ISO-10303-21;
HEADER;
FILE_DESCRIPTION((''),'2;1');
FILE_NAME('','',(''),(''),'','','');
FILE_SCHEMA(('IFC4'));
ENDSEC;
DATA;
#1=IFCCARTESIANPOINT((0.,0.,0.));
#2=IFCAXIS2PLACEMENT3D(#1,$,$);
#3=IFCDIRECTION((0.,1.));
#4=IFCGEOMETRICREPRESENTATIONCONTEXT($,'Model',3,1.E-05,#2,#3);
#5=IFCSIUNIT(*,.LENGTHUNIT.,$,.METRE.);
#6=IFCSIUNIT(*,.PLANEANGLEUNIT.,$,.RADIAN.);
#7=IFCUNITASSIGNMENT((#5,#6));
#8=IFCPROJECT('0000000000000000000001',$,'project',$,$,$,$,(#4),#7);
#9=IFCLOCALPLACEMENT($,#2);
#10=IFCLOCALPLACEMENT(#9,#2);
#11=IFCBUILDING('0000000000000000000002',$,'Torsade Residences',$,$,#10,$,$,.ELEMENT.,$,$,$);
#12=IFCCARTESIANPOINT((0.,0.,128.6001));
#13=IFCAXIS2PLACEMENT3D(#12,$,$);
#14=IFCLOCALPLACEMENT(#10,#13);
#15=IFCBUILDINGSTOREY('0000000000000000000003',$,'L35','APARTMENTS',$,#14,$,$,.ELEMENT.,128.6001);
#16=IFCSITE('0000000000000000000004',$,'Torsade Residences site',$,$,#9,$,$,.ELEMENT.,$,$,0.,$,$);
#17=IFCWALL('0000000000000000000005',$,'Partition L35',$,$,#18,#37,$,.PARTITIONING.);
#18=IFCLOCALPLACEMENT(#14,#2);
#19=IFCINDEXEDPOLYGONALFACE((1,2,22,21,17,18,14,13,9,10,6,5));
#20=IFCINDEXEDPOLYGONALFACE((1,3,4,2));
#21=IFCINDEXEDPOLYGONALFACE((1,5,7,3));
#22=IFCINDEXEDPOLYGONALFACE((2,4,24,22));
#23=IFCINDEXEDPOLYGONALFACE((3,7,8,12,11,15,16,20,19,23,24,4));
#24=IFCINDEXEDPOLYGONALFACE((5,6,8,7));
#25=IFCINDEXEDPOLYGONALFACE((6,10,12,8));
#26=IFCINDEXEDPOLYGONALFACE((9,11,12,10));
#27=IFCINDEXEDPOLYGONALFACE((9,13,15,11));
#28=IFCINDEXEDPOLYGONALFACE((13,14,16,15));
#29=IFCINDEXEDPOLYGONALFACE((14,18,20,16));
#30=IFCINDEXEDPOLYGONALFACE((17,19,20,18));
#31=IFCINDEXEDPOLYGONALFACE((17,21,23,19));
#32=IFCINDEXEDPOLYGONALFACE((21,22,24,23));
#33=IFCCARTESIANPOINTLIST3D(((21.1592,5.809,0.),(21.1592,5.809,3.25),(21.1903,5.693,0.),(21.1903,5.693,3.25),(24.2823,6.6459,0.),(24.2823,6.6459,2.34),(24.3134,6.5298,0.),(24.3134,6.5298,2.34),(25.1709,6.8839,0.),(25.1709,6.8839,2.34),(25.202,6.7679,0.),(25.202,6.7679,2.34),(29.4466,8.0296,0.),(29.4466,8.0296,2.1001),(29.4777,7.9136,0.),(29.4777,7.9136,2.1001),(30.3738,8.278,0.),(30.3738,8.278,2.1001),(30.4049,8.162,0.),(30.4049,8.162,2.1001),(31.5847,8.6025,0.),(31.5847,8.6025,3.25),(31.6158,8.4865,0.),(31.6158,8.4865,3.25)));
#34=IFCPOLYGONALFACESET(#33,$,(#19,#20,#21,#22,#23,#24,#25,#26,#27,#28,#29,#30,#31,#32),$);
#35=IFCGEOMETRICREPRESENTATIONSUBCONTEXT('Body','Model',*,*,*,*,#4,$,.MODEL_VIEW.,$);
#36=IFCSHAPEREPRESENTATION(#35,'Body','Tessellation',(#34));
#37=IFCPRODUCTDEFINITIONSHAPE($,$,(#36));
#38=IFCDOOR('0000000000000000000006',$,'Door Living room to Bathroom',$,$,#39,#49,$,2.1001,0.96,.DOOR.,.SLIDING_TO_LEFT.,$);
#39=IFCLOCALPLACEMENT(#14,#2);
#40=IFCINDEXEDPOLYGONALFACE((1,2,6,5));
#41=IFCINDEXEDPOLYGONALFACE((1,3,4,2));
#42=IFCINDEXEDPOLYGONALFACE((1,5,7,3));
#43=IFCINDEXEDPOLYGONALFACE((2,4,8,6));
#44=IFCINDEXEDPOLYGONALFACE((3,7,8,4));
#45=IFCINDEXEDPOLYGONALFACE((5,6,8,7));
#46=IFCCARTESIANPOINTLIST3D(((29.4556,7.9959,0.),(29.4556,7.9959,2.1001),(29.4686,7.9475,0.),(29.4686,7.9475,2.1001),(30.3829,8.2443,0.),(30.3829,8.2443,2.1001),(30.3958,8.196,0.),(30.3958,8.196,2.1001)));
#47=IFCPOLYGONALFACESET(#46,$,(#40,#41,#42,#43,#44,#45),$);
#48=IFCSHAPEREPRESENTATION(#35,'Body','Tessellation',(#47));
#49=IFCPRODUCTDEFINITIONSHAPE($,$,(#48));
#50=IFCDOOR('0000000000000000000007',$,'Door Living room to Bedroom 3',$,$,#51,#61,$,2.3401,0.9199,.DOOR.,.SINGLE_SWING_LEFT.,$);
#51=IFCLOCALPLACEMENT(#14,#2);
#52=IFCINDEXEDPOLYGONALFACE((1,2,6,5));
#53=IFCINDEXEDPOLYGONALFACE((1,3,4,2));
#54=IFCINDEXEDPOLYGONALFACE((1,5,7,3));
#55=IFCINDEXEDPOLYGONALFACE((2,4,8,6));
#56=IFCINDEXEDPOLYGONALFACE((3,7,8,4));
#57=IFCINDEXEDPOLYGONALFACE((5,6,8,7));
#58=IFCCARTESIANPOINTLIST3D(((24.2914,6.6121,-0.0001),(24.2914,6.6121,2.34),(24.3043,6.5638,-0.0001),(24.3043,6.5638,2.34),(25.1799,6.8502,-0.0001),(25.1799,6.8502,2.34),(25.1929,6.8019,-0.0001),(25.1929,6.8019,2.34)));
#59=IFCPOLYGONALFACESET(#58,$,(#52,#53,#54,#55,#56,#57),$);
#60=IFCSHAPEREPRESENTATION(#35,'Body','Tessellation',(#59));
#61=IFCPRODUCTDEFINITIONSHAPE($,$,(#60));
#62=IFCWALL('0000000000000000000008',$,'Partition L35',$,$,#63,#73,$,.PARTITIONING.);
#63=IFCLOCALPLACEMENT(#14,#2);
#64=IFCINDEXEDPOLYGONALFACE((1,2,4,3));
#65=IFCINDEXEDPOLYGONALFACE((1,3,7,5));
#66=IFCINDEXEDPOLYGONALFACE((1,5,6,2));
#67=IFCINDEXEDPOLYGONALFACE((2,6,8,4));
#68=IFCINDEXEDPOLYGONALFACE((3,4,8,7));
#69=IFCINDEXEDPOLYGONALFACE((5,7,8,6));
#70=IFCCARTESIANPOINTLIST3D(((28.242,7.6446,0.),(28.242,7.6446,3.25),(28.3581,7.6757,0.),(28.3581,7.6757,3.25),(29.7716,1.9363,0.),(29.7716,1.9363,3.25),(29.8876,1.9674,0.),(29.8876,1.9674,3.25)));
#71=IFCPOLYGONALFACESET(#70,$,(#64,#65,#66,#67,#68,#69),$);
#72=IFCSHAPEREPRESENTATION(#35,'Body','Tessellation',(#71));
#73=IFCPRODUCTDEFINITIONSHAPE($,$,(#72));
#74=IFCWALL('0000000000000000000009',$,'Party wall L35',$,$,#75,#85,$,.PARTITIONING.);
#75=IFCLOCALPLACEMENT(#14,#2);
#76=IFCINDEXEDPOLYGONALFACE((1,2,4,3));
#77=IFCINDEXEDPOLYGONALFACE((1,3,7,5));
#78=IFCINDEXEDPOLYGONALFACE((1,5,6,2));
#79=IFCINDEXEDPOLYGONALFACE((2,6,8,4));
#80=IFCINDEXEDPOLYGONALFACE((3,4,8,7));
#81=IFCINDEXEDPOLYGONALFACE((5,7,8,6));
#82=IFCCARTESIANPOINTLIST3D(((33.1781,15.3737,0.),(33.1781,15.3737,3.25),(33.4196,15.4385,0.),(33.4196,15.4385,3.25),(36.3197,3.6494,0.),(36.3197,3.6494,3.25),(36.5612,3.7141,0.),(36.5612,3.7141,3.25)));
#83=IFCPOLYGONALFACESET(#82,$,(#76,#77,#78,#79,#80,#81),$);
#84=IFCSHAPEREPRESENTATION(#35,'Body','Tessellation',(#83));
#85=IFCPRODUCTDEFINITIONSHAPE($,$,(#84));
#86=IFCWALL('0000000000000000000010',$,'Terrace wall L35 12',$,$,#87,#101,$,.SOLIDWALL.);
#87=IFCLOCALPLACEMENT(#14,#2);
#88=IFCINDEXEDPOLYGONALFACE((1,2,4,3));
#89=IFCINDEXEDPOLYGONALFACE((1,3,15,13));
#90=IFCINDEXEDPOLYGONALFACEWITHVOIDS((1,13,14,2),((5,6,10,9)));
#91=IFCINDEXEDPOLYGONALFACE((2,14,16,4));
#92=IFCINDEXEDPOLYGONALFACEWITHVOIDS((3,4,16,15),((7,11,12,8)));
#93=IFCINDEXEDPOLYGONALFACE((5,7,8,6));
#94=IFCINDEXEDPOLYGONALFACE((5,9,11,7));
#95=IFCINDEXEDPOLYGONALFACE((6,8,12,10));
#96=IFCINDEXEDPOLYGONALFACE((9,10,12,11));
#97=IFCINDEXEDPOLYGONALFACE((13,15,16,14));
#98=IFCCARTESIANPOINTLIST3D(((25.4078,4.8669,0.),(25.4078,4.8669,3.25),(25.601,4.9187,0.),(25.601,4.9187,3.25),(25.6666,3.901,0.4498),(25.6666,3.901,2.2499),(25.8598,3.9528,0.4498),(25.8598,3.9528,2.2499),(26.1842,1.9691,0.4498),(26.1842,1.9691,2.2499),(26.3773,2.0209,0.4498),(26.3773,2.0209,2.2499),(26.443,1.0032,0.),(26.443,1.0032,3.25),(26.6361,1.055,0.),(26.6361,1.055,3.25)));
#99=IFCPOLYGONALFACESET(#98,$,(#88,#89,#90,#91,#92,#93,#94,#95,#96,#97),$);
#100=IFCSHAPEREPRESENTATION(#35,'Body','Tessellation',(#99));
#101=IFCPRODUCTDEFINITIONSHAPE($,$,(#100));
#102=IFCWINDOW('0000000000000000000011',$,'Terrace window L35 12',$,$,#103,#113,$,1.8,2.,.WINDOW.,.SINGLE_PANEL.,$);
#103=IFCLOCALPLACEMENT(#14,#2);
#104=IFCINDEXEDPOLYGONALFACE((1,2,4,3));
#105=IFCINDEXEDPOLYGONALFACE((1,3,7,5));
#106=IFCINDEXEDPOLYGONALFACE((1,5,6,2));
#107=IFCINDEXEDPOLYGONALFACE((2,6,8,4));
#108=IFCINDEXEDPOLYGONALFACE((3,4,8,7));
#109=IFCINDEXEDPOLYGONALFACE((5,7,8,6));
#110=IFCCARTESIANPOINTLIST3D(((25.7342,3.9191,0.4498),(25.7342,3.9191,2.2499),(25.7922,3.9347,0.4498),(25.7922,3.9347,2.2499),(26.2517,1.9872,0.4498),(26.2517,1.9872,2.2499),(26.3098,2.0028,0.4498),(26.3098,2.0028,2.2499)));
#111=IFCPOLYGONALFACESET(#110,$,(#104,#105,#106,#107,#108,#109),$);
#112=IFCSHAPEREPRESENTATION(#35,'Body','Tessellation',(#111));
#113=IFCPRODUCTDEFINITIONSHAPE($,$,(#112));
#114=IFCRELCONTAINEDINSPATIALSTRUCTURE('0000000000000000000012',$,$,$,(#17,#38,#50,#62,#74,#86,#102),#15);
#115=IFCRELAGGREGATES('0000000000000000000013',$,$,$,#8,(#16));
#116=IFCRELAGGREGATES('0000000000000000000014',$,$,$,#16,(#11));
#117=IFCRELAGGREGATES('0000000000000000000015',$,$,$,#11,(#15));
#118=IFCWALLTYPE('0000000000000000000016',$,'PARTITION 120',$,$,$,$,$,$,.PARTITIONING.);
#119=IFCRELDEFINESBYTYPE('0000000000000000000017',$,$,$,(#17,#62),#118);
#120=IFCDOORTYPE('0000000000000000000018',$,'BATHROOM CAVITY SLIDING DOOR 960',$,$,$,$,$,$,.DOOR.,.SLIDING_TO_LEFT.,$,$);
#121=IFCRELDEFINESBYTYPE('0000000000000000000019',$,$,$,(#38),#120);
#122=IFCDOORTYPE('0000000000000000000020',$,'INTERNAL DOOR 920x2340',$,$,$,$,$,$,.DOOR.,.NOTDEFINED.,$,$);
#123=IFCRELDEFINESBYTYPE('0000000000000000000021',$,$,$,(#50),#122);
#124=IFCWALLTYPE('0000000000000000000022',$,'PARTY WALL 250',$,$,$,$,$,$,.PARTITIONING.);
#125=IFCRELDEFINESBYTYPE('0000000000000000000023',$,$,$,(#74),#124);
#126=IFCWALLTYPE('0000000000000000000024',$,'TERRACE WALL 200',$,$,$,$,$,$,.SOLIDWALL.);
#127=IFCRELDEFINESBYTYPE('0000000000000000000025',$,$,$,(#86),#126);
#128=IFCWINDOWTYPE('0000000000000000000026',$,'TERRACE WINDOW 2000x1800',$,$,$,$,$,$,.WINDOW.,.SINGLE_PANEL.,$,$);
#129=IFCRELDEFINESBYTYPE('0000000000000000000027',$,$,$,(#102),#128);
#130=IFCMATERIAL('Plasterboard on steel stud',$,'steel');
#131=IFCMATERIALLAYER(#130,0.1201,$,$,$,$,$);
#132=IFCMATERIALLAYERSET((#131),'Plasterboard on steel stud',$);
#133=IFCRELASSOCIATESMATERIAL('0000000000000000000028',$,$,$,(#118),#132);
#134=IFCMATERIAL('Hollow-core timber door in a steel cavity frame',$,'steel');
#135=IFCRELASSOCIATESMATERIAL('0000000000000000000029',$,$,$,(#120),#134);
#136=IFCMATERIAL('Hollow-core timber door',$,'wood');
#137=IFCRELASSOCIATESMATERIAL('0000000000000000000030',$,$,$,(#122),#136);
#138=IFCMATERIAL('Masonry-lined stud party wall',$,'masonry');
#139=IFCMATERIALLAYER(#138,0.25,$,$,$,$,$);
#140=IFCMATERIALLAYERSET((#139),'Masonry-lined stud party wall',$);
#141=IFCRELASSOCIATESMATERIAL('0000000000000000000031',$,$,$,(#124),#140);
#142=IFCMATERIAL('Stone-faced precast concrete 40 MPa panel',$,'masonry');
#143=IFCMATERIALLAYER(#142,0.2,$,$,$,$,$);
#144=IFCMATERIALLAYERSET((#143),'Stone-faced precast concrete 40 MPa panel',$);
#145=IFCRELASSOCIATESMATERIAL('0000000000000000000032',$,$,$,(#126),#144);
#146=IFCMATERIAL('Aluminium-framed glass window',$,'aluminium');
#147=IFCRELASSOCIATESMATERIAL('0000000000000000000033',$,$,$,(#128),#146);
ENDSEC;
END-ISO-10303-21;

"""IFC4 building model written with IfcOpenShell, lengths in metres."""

from ifc_helpers import new_model, si_unit, direction, frame, frame_2d, origin, place, context, subcontext, project, spatial, rectangle, extrude, material, layer, layer_set, type_object, element, fill, save


model = new_model("IFC4")

# Units and contexts
model_context = context("Model", 3, precision=1e-05, world=origin(), true_north=direction((0.0, 1.0)))
body_context = subcontext(model_context, "Body", "Model", "MODEL_VIEW")
ifc_project = project(units=[si_unit("LENGTHUNIT", "METRE"), si_unit("PLANEANGLEUNIT", "RADIAN")], contexts=[model_context])

# Site, building, storey
site_placement = place(None, origin())
site = spatial("IfcSite", under=ifc_project, at=site_placement, Name="Torsade Residences site", CompositionType="ELEMENT", RefElevation=0.0)
building_placement = place(site_placement, origin())
building = spatial("IfcBuilding", under=site, at=building_placement, Name="Torsade Residences", CompositionType="ELEMENT")
storey_placement = place(building_placement, frame((0.0, 0.0, 128.6001)))
storey = spatial("IfcBuildingStorey", under=building, at=storey_placement, Name="L35", Description="APARTMENTS", CompositionType="ELEMENT", Elevation=128.6001)

# Wall, openings, doors
ifc_material_1 = material(Name="Plasterboard on steel stud", Category="steel")
ifc_layer_1 = layer(ifc_material_1, 0.1201)
ifc_layer_set_1 = layer_set([ifc_layer_1], Name="Plasterboard on steel stud")
wall_type_1 = type_object("IfcWallType", Name="PARTITION 120", PredefinedType="PARTITIONING", material=ifc_layer_set_1)
wall_1_placement = place(storey_placement, frame((31.6001, 8.5444, 0.0), z_axis=(0.0, 0.0, 1.0), x_axis=(-0.965927, -0.258814, 0.0)))
wall_1 = element("IfcWall", 1, at=wall_1_placement, inside=storey, type_object=wall_type_1, Name="Partition L35", PredefinedType="PARTITIONING", context=body_context, shape_type="SweptSolid", body=[
    extrude(rectangle(XDim=10.7932, YDim=0.1201, at=frame_2d((5.3965, 0.0))), origin(), (0.0, 0.0, 1.0), 3.25),
])
opening_1_placement = place(wall_1_placement, frame((6.6399, 0.0, 0.0)))
opening_1 = element("IfcOpeningElement", 2, at=opening_1_placement, cuts=wall_1, PredefinedType="OPENING", context=body_context, shape_type="SweptSolid", body=[
    extrude(rectangle(XDim=0.9199, YDim=2.3401, at=frame_2d((0.46, 1.1699))), frame((0.0, 0.0701, 0.0), z_axis=(0.0, -1.0, 0.0), x_axis=(1.0, 0.0, 0.0)), (0.0, 0.0, 1.0), 0.1401),
])
opening_2_placement = place(wall_1_placement, frame((1.2534, 0.0, 0.0)))
opening_2 = element("IfcOpeningElement", 3, at=opening_2_placement, cuts=wall_1, PredefinedType="OPENING", context=body_context, shape_type="SweptSolid", body=[
    extrude(rectangle(XDim=0.96, YDim=2.1001, at=frame_2d((0.48, 1.05))), frame((0.0, 0.0701, 0.0), z_axis=(0.0, -1.0, 0.0), x_axis=(1.0, 0.0, 0.0)), (0.0, 0.0, 1.0), 0.1401),
])
ifc_material_2 = material(Name="Hollow-core timber door in a steel cavity frame", Category="steel")
door_type_1 = type_object("IfcDoorType", Name="BATHROOM CAVITY SLIDING DOOR 960", OperationType="SLIDING_TO_LEFT", PredefinedType="DOOR", material=ifc_material_2)
door_1_placement = place(opening_2_placement, origin())
door_1 = element("IfcDoor", 4, at=door_1_placement, inside=storey, type_object=door_type_1, Name="Door Living room to Bathroom", OperationType="SLIDING_TO_LEFT", OverallHeight=2.1001, OverallWidth=0.96, PredefinedType="DOOR", context=body_context, shape_type="SweptSolid", body=[
    extrude(rectangle(XDim=0.96, YDim=2.1001, at=frame_2d((0.48, 1.05))), frame((0.0, 0.0249, 0.0), z_axis=(0.0, -1.0, 0.0), x_axis=(1.0, 0.0, 0.0)), (0.0, 0.0, 1.0), 0.05),
])
fill(opening_2, door_1)
ifc_material_3 = material(Name="Hollow-core timber door", Category="wood")
door_type_2 = type_object("IfcDoorType", Name="INTERNAL DOOR 920x2340", OperationType="NOTDEFINED", PredefinedType="DOOR", material=ifc_material_3)
door_2_placement = place(opening_1_placement, origin())
door_2 = element("IfcDoor", 5, at=door_2_placement, inside=storey, type_object=door_type_2, Name="Door Living room to Bedroom 3", OperationType="SINGLE_SWING_LEFT", OverallHeight=2.3401, OverallWidth=0.9199, PredefinedType="DOOR", context=body_context, shape_type="SweptSolid", body=[
    extrude(rectangle(XDim=0.9199, YDim=2.3401, at=frame_2d((0.46, 1.1699))), frame((0.0, 0.0249, 0.0), z_axis=(0.0, -1.0, 0.0), x_axis=(1.0, 0.0, 0.0)), (0.0, 0.0, 1.0), 0.05),
])
fill(opening_1, door_2)

# Walls
wall_2_placement = place(storey_placement, frame((28.3, 7.6602, 0.0), z_axis=(0.0, 0.0, 1.0), x_axis=(0.258822, -0.965925, 0.0)))
element("IfcWall", 6, at=wall_2_placement, inside=storey, type_object=wall_type_1, Name="Partition L35", PredefinedType="PARTITIONING", context=body_context, shape_type="SweptSolid", body=[
    extrude(rectangle(XDim=5.9097, YDim=0.1201, at=frame_2d((2.9548, 0.0))), origin(), (0.0, 0.0, 1.0), 3.25),
])
ifc_material_4 = material(Name="Masonry-lined stud party wall", Category="masonry")
ifc_layer_2 = layer(ifc_material_4, 0.25)
ifc_layer_set_2 = layer_set([ifc_layer_2], Name="Masonry-lined stud party wall")
wall_type_2 = type_object("IfcWallType", Name="PARTY WALL 250", PredefinedType="PARTITIONING", material=ifc_layer_set_2)
wall_3_placement = place(storey_placement, frame((36.4404, 3.6819, 0.0), z_axis=(0.0, 0.0, 1.0), x_axis=(-0.258824, 0.965924, 0.0)))
element("IfcWall", 7, at=wall_3_placement, inside=storey, type_object=wall_type_2, Name="Party wall L35", PredefinedType="PARTITIONING", context=body_context, shape_type="SweptSolid", body=[
    extrude(rectangle(XDim=12.1379, YDim=0.25, at=frame_2d((6.0688, 0.0))), origin(), (0.0, 0.0, 1.0), 3.25),
])

# Wall, opening, window
ifc_material_5 = material(Name="Stone-faced precast concrete 40 MPa panel", Category="masonry")
ifc_layer_3 = layer(ifc_material_5, 0.2)
ifc_layer_set_3 = layer_set([ifc_layer_3], Name="Stone-faced precast concrete 40 MPa panel")
wall_type_3 = type_object("IfcWallType", Name="TERRACE WALL 200", PredefinedType="SOLIDWALL", material=ifc_layer_set_3)
wall_4_placement = place(storey_placement, frame((25.5044, 4.8928, 0.0), z_axis=(0.0, 0.0, 1.0), x_axis=(0.258787, -0.965934, 0.0)))
wall_4 = element("IfcWall", 8, at=wall_4_placement, inside=storey, type_object=wall_type_3, Name="Terrace wall L35 12", PredefinedType="SOLIDWALL", context=body_context, shape_type="SweptSolid", body=[
    extrude(rectangle(XDim=4.0, YDim=0.2, at=frame_2d((2.0, 0.0))), origin(), (0.0, 0.0, 1.0), 3.25),
])
opening_3_placement = place(wall_4_placement, frame((1.0, 0.0, 0.45)))
opening_3 = element("IfcOpeningElement", 9, at=opening_3_placement, cuts=wall_4, PredefinedType="OPENING", context=body_context, shape_type="SweptSolid", body=[
    extrude(rectangle(XDim=2.0, YDim=1.8, at=frame_2d((1.0, 0.8999))), frame((0.0, 0.1099, 0.0), z_axis=(0.0, -1.0, 0.0), x_axis=(1.0, 0.0, 0.0)), (0.0, 0.0, 1.0), 0.22),
])
ifc_material_6 = material(Name="Aluminium-framed glass window", Category="aluminium")
window_type = type_object("IfcWindowType", Name="TERRACE WINDOW 2000x1800", PartitioningType="SINGLE_PANEL", PredefinedType="WINDOW", material=ifc_material_6)
window_placement = place(opening_3_placement, origin())
window = element("IfcWindow", 10, at=window_placement, inside=storey, type_object=window_type, Name="Terrace window L35 12", OverallHeight=1.8, OverallWidth=2.0, PartitioningType="SINGLE_PANEL", PredefinedType="WINDOW", context=body_context, shape_type="SweptSolid", body=[
    extrude(rectangle(XDim=2.0, YDim=1.8, at=frame_2d((1.0, 0.8999))), frame((0.0, 0.03, 0.0), z_axis=(0.0, -1.0, 0.0), x_axis=(1.0, 0.0, 0.0)), (0.0, 0.0, 1.0), 0.0601),
])
fill(opening_3, window)

save(model, "model.ifc")
